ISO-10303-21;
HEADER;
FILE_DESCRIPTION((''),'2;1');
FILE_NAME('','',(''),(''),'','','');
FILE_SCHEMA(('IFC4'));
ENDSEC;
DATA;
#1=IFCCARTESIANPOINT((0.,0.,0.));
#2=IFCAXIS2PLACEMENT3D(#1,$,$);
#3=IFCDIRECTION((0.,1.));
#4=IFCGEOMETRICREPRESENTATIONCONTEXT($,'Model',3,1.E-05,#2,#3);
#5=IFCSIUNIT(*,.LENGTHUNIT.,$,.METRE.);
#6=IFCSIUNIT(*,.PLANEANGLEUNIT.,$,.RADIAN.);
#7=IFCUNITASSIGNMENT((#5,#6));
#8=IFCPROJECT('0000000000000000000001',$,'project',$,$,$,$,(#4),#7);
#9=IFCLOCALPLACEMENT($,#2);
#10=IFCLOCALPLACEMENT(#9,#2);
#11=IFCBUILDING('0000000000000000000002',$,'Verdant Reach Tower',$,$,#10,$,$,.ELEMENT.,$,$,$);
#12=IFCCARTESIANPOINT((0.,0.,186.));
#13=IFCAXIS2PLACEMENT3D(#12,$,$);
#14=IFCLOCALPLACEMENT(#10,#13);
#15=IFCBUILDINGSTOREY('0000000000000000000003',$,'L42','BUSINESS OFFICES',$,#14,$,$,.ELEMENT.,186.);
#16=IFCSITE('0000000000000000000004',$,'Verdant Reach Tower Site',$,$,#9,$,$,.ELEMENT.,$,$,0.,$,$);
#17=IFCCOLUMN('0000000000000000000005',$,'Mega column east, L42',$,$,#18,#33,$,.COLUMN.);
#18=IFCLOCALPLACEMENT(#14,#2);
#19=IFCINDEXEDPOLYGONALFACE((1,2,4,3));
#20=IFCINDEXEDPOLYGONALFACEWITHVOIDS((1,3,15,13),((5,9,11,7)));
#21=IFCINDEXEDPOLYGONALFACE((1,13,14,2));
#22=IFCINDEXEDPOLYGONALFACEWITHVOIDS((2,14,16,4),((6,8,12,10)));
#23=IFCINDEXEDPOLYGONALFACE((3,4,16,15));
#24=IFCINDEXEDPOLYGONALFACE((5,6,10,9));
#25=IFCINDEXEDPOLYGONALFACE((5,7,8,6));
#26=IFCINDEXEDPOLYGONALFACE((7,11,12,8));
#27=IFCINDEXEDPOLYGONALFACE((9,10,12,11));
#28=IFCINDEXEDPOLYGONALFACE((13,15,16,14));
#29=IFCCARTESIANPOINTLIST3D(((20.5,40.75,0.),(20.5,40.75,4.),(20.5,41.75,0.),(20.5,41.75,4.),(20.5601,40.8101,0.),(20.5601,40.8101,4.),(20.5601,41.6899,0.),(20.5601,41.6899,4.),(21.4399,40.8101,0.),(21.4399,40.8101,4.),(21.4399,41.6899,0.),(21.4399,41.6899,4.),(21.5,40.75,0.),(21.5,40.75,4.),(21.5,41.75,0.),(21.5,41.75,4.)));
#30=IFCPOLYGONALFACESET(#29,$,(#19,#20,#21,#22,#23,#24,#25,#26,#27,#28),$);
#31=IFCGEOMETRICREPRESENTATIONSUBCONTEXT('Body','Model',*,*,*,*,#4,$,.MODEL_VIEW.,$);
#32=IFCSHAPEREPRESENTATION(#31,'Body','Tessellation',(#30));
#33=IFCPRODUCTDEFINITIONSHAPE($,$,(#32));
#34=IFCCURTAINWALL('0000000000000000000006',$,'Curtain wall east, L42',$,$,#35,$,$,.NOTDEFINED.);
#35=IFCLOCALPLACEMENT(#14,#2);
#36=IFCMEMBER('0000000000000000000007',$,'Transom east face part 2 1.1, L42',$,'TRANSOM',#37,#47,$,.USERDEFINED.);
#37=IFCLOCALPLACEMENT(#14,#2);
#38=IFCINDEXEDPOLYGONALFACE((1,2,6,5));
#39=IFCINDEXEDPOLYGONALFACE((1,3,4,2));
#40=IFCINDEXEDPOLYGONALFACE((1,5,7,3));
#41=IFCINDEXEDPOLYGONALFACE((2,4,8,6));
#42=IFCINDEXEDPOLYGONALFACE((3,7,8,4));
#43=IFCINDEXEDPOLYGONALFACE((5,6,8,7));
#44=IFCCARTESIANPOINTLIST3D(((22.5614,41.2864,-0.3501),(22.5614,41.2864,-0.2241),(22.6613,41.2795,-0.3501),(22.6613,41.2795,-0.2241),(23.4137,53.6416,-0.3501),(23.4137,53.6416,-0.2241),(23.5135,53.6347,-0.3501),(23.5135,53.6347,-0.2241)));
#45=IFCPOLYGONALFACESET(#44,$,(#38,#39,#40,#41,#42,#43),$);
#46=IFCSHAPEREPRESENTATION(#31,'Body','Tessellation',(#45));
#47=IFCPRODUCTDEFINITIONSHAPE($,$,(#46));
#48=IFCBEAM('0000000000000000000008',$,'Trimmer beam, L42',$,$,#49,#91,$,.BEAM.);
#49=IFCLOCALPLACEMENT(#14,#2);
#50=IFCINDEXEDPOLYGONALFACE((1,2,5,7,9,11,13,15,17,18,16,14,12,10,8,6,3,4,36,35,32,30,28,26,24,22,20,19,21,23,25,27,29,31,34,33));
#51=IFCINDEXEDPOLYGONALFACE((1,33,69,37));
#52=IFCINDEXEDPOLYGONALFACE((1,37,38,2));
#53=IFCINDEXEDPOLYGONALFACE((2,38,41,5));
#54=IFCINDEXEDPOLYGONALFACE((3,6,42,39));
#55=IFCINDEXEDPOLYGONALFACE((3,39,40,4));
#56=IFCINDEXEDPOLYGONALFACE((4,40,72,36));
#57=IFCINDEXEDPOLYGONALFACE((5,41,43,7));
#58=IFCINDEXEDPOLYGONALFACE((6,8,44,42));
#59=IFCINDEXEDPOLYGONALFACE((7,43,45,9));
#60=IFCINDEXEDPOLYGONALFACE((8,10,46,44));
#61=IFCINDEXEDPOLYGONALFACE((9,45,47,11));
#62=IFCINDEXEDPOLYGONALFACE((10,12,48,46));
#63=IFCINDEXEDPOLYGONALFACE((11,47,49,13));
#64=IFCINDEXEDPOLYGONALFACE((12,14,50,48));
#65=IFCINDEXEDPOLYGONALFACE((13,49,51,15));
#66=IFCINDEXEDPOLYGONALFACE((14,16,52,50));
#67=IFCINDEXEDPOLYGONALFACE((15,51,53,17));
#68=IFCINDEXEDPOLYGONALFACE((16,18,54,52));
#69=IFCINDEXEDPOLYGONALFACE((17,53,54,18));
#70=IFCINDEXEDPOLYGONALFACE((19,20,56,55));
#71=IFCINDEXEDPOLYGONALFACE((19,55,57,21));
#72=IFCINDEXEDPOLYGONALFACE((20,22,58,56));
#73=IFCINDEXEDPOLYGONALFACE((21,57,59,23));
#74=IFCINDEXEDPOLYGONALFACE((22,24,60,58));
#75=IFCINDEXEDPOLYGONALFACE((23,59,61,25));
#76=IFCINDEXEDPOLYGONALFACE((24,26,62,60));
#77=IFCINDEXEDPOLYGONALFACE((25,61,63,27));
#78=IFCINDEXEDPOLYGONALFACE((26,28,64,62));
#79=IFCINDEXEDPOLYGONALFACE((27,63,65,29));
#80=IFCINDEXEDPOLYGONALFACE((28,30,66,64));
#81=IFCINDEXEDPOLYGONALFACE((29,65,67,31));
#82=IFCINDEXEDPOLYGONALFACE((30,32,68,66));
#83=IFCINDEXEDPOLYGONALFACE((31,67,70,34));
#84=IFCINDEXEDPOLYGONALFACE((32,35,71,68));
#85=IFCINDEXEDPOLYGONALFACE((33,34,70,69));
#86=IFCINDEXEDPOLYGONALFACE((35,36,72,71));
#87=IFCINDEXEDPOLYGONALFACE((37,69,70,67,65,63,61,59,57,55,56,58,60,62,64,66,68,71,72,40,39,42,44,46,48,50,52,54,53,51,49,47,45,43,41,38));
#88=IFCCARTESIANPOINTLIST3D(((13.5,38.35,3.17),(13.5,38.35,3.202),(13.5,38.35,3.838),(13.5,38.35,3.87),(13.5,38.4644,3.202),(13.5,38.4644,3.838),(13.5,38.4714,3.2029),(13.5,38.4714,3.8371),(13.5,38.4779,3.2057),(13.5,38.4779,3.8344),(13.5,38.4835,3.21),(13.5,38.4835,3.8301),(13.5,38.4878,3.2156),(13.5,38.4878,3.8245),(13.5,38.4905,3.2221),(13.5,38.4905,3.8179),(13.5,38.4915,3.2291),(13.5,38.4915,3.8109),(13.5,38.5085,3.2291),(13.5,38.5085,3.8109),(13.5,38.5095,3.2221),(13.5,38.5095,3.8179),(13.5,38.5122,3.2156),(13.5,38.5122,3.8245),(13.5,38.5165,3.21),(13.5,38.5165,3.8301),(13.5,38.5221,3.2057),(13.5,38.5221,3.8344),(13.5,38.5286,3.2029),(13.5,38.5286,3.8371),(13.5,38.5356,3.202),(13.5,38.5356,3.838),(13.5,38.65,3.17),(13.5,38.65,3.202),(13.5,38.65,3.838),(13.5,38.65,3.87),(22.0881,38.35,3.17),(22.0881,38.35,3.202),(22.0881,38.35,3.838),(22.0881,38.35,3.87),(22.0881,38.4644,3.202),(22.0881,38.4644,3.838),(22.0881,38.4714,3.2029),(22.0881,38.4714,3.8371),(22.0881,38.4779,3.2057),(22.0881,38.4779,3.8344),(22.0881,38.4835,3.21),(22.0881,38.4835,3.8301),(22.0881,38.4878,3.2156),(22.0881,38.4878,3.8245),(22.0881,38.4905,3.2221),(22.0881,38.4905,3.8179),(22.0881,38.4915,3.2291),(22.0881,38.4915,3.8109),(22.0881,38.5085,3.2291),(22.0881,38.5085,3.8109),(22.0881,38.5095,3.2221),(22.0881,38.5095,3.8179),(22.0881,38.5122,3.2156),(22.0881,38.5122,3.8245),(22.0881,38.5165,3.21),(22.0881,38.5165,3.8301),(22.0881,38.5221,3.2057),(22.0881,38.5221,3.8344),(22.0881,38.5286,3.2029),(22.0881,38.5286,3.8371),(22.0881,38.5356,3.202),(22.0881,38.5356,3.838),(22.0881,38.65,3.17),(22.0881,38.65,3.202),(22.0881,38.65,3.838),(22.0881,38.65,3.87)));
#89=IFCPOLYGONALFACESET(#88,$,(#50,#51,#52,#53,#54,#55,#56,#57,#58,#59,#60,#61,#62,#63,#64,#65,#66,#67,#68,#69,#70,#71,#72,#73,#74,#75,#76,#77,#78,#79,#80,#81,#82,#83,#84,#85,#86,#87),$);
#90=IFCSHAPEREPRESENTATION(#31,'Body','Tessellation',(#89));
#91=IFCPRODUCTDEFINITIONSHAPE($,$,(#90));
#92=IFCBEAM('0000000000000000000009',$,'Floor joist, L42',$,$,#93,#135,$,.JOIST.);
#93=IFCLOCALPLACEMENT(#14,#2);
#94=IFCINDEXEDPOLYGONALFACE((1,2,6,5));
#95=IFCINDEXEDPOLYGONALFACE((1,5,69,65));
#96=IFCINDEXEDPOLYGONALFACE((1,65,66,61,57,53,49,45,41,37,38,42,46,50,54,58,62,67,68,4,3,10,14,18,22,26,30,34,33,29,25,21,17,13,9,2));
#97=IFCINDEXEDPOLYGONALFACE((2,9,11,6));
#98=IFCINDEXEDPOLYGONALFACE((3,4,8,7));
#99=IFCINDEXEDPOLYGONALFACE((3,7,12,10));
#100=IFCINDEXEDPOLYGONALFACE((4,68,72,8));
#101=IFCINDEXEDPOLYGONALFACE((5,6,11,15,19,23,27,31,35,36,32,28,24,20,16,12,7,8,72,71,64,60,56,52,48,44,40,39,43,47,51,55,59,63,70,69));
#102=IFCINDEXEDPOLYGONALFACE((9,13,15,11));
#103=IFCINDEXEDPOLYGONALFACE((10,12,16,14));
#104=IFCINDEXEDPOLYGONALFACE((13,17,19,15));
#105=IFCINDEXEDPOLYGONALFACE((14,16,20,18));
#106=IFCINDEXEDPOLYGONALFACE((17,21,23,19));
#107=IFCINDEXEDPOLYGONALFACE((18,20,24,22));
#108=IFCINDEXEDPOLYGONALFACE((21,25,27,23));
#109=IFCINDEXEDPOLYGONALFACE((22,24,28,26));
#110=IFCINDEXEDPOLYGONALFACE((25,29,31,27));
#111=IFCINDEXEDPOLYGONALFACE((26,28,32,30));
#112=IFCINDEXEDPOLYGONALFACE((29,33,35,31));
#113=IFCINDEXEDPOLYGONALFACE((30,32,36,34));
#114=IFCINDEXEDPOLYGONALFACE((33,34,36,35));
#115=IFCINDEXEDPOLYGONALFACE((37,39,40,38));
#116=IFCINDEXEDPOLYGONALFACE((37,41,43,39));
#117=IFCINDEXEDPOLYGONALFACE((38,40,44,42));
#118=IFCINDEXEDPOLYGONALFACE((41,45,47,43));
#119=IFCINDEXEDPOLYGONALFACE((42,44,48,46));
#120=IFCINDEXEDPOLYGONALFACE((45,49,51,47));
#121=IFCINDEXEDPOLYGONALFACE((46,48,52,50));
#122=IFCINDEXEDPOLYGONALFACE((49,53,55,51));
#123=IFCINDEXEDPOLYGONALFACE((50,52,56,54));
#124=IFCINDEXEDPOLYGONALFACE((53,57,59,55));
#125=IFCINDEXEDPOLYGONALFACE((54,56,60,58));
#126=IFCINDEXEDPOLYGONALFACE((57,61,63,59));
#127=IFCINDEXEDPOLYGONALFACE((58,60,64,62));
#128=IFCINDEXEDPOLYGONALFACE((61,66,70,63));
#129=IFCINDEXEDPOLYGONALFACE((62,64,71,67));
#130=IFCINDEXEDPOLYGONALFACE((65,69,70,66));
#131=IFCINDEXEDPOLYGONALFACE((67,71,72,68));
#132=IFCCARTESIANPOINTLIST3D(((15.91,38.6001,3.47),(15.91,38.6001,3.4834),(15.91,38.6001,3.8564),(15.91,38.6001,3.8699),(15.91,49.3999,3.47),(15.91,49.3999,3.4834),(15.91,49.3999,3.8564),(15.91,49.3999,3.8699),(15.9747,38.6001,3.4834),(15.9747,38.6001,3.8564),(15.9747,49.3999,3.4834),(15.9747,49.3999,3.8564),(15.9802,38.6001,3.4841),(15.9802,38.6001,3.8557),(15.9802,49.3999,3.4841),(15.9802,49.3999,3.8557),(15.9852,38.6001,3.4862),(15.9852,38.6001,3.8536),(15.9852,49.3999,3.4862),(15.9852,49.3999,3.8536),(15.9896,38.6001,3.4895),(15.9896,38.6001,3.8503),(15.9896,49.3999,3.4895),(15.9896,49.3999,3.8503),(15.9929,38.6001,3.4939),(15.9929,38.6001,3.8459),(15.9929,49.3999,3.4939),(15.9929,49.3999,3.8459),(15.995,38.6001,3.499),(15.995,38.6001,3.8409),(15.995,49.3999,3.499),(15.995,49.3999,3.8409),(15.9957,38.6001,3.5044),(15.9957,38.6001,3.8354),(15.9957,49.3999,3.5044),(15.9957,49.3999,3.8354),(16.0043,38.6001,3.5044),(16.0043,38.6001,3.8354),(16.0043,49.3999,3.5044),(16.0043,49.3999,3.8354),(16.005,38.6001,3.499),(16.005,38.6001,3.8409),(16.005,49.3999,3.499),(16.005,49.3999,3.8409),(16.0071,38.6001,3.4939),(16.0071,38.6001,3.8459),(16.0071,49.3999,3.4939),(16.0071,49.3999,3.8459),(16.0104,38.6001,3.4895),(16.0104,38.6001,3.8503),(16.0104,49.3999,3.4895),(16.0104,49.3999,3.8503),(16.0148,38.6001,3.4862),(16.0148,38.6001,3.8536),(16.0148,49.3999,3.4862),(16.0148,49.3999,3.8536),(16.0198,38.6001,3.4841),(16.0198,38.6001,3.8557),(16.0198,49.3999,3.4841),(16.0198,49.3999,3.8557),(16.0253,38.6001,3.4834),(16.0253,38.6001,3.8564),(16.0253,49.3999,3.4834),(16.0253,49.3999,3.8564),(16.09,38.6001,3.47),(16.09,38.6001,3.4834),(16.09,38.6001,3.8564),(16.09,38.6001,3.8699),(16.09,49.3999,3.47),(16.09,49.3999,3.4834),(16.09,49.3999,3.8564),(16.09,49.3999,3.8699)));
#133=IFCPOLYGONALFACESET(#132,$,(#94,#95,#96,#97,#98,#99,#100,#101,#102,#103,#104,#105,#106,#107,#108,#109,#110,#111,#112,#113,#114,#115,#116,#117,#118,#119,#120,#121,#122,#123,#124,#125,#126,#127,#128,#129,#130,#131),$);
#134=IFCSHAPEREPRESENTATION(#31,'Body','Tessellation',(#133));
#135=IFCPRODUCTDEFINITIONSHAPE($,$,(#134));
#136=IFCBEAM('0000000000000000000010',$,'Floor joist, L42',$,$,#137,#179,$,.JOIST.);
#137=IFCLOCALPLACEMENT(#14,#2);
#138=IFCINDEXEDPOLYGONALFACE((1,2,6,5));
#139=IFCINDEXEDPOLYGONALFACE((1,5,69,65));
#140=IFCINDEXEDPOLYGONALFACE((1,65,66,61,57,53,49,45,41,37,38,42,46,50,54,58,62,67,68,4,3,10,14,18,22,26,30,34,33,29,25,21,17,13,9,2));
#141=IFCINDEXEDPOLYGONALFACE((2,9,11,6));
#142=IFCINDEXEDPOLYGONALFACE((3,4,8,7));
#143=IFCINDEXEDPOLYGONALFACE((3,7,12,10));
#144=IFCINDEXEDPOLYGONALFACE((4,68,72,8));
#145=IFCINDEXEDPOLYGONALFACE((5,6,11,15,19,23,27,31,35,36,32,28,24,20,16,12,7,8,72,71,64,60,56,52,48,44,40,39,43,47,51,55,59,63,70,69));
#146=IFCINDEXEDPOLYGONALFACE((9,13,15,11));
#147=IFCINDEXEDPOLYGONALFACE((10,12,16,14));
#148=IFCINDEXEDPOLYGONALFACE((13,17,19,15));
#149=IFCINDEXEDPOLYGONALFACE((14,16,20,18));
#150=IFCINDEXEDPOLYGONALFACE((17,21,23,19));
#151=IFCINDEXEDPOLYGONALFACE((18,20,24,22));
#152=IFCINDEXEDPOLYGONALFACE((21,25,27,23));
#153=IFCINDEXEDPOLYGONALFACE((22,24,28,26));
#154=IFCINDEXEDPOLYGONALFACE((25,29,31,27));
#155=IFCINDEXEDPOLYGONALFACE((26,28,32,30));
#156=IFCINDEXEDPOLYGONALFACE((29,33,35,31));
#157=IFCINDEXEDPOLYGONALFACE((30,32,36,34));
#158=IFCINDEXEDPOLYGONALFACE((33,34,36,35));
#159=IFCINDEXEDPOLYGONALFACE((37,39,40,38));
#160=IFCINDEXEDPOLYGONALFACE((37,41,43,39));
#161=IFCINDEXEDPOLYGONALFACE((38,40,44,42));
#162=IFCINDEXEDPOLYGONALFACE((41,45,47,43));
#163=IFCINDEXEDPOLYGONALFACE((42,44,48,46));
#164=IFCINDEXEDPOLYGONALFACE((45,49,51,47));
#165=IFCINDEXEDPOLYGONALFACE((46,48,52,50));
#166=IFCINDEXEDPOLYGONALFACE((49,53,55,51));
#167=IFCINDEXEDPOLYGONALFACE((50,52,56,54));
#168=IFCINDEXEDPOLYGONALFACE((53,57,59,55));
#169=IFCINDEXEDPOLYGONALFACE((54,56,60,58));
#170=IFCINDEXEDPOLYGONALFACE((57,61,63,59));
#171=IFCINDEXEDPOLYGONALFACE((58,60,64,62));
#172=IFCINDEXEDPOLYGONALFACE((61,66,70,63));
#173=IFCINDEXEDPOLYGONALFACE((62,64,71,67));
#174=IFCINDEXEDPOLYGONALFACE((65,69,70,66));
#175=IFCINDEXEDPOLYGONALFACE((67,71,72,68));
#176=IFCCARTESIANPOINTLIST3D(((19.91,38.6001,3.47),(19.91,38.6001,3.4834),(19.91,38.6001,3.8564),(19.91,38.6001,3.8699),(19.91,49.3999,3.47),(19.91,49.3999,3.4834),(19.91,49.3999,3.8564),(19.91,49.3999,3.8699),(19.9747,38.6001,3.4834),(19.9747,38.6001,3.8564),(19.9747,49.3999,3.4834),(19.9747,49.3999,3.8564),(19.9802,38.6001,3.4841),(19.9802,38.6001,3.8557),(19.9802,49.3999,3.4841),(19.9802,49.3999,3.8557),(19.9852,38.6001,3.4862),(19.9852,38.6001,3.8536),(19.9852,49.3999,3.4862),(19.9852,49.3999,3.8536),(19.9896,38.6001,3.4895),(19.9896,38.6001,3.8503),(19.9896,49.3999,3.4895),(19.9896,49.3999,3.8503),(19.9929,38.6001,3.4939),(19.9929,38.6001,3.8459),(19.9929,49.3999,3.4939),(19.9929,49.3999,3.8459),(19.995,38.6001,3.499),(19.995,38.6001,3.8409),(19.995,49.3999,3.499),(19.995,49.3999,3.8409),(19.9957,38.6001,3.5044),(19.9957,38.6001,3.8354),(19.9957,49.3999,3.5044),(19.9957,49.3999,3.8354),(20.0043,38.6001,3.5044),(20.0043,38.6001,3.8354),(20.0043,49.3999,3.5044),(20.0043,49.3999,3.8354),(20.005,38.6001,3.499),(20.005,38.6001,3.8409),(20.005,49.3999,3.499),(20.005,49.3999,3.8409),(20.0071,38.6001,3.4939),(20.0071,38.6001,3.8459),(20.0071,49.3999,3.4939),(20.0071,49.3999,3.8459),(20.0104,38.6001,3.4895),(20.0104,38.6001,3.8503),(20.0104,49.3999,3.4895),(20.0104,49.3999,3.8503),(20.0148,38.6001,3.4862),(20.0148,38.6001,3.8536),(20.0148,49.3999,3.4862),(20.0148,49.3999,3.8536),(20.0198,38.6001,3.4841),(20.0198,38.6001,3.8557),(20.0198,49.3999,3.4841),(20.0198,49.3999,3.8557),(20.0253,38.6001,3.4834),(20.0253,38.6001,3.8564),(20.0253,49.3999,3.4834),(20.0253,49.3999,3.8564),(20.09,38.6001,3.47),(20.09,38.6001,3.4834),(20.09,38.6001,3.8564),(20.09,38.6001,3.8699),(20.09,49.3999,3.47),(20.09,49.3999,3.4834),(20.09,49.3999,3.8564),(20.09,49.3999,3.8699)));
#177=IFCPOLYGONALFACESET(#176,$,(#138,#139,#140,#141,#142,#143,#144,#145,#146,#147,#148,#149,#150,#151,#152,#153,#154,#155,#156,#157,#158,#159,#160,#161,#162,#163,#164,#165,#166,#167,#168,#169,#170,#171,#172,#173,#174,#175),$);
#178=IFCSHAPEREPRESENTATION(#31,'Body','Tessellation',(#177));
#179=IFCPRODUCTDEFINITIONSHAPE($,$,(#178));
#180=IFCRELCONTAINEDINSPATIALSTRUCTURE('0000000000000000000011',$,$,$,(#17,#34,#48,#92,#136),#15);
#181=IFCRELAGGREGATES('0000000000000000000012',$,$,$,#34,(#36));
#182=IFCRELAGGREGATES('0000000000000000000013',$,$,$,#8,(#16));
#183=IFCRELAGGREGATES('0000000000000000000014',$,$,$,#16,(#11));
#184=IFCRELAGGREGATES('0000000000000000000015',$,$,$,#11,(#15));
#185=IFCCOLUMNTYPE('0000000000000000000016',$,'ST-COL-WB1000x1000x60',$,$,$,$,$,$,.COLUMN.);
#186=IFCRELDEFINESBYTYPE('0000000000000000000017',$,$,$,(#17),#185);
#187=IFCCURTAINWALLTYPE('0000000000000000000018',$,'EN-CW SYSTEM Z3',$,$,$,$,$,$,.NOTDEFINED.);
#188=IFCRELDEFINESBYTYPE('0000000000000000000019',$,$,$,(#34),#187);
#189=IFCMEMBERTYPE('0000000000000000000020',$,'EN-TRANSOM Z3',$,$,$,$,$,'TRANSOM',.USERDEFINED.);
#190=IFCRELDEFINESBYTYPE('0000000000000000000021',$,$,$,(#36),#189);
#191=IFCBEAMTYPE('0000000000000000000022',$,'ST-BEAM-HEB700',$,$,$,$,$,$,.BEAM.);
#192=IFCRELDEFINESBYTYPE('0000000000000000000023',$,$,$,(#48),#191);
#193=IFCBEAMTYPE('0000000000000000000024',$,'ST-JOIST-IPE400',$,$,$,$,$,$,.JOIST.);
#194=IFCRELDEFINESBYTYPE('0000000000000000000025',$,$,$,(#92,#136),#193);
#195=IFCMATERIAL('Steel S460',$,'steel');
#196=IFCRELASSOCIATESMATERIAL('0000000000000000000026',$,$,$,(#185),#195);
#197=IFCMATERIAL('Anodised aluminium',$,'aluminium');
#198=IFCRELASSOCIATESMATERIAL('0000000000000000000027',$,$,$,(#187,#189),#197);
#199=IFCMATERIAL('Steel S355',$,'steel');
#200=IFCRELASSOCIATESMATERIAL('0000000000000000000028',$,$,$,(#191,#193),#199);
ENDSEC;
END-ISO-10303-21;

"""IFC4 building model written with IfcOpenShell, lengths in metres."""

from ifc_helpers import new_model, si_unit, direction, frame, origin, origin_2d, place, context, subcontext, project, spatial, rectangle, hollow_rectangle, i_section, extrude, material, material_profile, profile_set, type_object, element, aggregate, save


model = new_model("IFC4")

# Units and contexts
model_context = context("Model", 3, precision=1e-05, world=origin(), true_north=direction((0.0, 1.0)))
body_context = subcontext(model_context, "Body", "Model", "MODEL_VIEW")
ifc_project = project(units=[si_unit("LENGTHUNIT", "METRE"), si_unit("PLANEANGLEUNIT", "RADIAN")], contexts=[model_context])

# Site, building, storey
site_placement = place(None, origin())
site = spatial("IfcSite", under=ifc_project, at=site_placement, Name="Verdant Reach Tower Site", CompositionType="ELEMENT", RefElevation=0.0)
building_placement = place(site_placement, origin())
building = spatial("IfcBuilding", under=site, at=building_placement, Name="Verdant Reach Tower", CompositionType="ELEMENT")
storey_placement = place(building_placement, frame((0.0, 0.0, 186.0)))
storey = spatial("IfcBuildingStorey", under=building, at=storey_placement, Name="L42", Description="BUSINESS OFFICES", CompositionType="ELEMENT", Elevation=186.0)

# Column
ifc_material_1 = material(Name="Steel S460", Category="steel")
ifc_material_profile_1 = material_profile(ifc_material_1, hollow_rectangle(XDim=1.0, YDim=1.0, WallThickness=0.0601, at=origin_2d()), Name="WB 1000x1000x60")
ifc_profile_set_1 = profile_set([ifc_material_profile_1], Name="Steel S460")
column_type = type_object("IfcColumnType", Name="ST-COL-WB1000x1000x60", PredefinedType="COLUMN", material=ifc_profile_set_1)
column_placement = place(storey_placement, frame((21.0, 41.25, 0.0), z_axis=(0.0, 0.0, 1.0), x_axis=(1.0, 0.0, 0.0)))
element("IfcColumn", 1, at=column_placement, inside=storey, type_object=column_type, Name="Mega column east, L42", PredefinedType="COLUMN", context=body_context, shape_type="SweptSolid", body=[
    extrude(hollow_rectangle(XDim=1.0, YDim=1.0, WallThickness=0.0601, at=origin_2d()), origin(), (0.0, 0.0, 1.0), 4.0),
])

# Curtain wall, member
ifc_material_2 = material(Name="Anodised aluminium", Category="aluminium")
curtain_wall_type = type_object("IfcCurtainWallType", Name="EN-CW SYSTEM Z3", PredefinedType="NOTDEFINED", material=ifc_material_2)
curtain_wall_placement = place(storey_placement, origin())
curtain_wall = element("IfcCurtainWall", 2, at=curtain_wall_placement, inside=storey, type_object=curtain_wall_type, Name="Curtain wall east, L42", PredefinedType="NOTDEFINED")
ifc_material_profile_2 = material_profile(ifc_material_2, rectangle(XDim=0.1001, YDim=0.126, at=origin_2d()), Name="Transom 126x100")
ifc_profile_set_2 = profile_set([ifc_material_profile_2], Name="Anodised aluminium")
member_type = type_object("IfcMemberType", Name="EN-TRANSOM Z3", ElementType="TRANSOM", PredefinedType="USERDEFINED", material=ifc_profile_set_2)
member_placement = place(storey_placement, frame((22.6113, 41.283, -0.2871), z_axis=(0.068819, 0.997629, 0.0), x_axis=(-0.997629, 0.068819, 0.0)))
member = element("IfcMember", 3, at=member_placement, type_object=member_type, Name="Transom east face part 2 1.1, L42", ObjectType="TRANSOM", PredefinedType="USERDEFINED", context=body_context, shape_type="SweptSolid", body=[
    extrude(rectangle(XDim=0.1001, YDim=0.126, at=origin_2d()), origin(), (0.0, 0.0, 1.0), 12.3845),
])

# Beams
ifc_material_3 = material(Name="Steel S355", Category="steel")
ifc_material_profile_3 = material_profile(ifc_material_3, i_section(OverallWidth=0.3, OverallDepth=0.7, WebThickness=0.0171, FlangeThickness=0.032, FilletRadius=0.0271, at=origin_2d()), Name="HEB 700")
ifc_profile_set_3 = profile_set([ifc_material_profile_3], Name="Steel S355")
beam_type_1 = type_object("IfcBeamType", Name="ST-BEAM-HEB700", PredefinedType="BEAM", material=ifc_profile_set_3)
beam_1_placement = place(storey_placement, frame((13.5, 38.5, 3.52), z_axis=(1.0, 0.0, 0.0), x_axis=(0.0, 1.0, 0.0)))
element("IfcBeam", 4, at=beam_1_placement, inside=storey, type_object=beam_type_1, Name="Trimmer beam, L42", PredefinedType="BEAM", context=body_context, shape_type="SweptSolid", body=[
    extrude(i_section(OverallWidth=0.3, OverallDepth=0.7, WebThickness=0.0171, FlangeThickness=0.032, FilletRadius=0.0271, at=origin_2d()), origin(), (0.0, 0.0, 1.0), 8.5881),
])
ifc_material_profile_4 = material_profile(ifc_material_3, i_section(OverallWidth=0.1799, OverallDepth=0.3999, WebThickness=0.0085, FlangeThickness=0.0134, FilletRadius=0.021, at=origin_2d()), Name="IPE 400")
ifc_profile_set_4 = profile_set([ifc_material_profile_4], Name="Steel S355")
beam_type_2 = type_object("IfcBeamType", Name="ST-JOIST-IPE400", PredefinedType="JOIST", material=ifc_profile_set_4)
for number, where, z_axis, x_axis, name in (
    (5, (16.0, 38.6001, 3.6699), (0.0, 1.0, 0.0), (-1.0, 0.0, 0.0), "Floor joist, L42"),
    (6, (20.0, 38.6001, 3.6699), (0.0, 1.0, 0.0), (-1.0, 0.0, 0.0), "Floor joist, L42"),
):
    element("IfcBeam", number, at=place(storey_placement, frame(where, z_axis=z_axis, x_axis=x_axis)), inside=storey, type_object=beam_type_2, Name=name, PredefinedType="JOIST", context=body_context, shape_type="SweptSolid", body=[
        extrude(i_section(OverallWidth=0.1799, OverallDepth=0.3999, WebThickness=0.0085, FlangeThickness=0.0134, FilletRadius=0.021, at=origin_2d()), origin(), (0.0, 0.0, 1.0), 10.7998),
    ])

aggregate(curtain_wall, [member])

save(model, "model.ifc")
